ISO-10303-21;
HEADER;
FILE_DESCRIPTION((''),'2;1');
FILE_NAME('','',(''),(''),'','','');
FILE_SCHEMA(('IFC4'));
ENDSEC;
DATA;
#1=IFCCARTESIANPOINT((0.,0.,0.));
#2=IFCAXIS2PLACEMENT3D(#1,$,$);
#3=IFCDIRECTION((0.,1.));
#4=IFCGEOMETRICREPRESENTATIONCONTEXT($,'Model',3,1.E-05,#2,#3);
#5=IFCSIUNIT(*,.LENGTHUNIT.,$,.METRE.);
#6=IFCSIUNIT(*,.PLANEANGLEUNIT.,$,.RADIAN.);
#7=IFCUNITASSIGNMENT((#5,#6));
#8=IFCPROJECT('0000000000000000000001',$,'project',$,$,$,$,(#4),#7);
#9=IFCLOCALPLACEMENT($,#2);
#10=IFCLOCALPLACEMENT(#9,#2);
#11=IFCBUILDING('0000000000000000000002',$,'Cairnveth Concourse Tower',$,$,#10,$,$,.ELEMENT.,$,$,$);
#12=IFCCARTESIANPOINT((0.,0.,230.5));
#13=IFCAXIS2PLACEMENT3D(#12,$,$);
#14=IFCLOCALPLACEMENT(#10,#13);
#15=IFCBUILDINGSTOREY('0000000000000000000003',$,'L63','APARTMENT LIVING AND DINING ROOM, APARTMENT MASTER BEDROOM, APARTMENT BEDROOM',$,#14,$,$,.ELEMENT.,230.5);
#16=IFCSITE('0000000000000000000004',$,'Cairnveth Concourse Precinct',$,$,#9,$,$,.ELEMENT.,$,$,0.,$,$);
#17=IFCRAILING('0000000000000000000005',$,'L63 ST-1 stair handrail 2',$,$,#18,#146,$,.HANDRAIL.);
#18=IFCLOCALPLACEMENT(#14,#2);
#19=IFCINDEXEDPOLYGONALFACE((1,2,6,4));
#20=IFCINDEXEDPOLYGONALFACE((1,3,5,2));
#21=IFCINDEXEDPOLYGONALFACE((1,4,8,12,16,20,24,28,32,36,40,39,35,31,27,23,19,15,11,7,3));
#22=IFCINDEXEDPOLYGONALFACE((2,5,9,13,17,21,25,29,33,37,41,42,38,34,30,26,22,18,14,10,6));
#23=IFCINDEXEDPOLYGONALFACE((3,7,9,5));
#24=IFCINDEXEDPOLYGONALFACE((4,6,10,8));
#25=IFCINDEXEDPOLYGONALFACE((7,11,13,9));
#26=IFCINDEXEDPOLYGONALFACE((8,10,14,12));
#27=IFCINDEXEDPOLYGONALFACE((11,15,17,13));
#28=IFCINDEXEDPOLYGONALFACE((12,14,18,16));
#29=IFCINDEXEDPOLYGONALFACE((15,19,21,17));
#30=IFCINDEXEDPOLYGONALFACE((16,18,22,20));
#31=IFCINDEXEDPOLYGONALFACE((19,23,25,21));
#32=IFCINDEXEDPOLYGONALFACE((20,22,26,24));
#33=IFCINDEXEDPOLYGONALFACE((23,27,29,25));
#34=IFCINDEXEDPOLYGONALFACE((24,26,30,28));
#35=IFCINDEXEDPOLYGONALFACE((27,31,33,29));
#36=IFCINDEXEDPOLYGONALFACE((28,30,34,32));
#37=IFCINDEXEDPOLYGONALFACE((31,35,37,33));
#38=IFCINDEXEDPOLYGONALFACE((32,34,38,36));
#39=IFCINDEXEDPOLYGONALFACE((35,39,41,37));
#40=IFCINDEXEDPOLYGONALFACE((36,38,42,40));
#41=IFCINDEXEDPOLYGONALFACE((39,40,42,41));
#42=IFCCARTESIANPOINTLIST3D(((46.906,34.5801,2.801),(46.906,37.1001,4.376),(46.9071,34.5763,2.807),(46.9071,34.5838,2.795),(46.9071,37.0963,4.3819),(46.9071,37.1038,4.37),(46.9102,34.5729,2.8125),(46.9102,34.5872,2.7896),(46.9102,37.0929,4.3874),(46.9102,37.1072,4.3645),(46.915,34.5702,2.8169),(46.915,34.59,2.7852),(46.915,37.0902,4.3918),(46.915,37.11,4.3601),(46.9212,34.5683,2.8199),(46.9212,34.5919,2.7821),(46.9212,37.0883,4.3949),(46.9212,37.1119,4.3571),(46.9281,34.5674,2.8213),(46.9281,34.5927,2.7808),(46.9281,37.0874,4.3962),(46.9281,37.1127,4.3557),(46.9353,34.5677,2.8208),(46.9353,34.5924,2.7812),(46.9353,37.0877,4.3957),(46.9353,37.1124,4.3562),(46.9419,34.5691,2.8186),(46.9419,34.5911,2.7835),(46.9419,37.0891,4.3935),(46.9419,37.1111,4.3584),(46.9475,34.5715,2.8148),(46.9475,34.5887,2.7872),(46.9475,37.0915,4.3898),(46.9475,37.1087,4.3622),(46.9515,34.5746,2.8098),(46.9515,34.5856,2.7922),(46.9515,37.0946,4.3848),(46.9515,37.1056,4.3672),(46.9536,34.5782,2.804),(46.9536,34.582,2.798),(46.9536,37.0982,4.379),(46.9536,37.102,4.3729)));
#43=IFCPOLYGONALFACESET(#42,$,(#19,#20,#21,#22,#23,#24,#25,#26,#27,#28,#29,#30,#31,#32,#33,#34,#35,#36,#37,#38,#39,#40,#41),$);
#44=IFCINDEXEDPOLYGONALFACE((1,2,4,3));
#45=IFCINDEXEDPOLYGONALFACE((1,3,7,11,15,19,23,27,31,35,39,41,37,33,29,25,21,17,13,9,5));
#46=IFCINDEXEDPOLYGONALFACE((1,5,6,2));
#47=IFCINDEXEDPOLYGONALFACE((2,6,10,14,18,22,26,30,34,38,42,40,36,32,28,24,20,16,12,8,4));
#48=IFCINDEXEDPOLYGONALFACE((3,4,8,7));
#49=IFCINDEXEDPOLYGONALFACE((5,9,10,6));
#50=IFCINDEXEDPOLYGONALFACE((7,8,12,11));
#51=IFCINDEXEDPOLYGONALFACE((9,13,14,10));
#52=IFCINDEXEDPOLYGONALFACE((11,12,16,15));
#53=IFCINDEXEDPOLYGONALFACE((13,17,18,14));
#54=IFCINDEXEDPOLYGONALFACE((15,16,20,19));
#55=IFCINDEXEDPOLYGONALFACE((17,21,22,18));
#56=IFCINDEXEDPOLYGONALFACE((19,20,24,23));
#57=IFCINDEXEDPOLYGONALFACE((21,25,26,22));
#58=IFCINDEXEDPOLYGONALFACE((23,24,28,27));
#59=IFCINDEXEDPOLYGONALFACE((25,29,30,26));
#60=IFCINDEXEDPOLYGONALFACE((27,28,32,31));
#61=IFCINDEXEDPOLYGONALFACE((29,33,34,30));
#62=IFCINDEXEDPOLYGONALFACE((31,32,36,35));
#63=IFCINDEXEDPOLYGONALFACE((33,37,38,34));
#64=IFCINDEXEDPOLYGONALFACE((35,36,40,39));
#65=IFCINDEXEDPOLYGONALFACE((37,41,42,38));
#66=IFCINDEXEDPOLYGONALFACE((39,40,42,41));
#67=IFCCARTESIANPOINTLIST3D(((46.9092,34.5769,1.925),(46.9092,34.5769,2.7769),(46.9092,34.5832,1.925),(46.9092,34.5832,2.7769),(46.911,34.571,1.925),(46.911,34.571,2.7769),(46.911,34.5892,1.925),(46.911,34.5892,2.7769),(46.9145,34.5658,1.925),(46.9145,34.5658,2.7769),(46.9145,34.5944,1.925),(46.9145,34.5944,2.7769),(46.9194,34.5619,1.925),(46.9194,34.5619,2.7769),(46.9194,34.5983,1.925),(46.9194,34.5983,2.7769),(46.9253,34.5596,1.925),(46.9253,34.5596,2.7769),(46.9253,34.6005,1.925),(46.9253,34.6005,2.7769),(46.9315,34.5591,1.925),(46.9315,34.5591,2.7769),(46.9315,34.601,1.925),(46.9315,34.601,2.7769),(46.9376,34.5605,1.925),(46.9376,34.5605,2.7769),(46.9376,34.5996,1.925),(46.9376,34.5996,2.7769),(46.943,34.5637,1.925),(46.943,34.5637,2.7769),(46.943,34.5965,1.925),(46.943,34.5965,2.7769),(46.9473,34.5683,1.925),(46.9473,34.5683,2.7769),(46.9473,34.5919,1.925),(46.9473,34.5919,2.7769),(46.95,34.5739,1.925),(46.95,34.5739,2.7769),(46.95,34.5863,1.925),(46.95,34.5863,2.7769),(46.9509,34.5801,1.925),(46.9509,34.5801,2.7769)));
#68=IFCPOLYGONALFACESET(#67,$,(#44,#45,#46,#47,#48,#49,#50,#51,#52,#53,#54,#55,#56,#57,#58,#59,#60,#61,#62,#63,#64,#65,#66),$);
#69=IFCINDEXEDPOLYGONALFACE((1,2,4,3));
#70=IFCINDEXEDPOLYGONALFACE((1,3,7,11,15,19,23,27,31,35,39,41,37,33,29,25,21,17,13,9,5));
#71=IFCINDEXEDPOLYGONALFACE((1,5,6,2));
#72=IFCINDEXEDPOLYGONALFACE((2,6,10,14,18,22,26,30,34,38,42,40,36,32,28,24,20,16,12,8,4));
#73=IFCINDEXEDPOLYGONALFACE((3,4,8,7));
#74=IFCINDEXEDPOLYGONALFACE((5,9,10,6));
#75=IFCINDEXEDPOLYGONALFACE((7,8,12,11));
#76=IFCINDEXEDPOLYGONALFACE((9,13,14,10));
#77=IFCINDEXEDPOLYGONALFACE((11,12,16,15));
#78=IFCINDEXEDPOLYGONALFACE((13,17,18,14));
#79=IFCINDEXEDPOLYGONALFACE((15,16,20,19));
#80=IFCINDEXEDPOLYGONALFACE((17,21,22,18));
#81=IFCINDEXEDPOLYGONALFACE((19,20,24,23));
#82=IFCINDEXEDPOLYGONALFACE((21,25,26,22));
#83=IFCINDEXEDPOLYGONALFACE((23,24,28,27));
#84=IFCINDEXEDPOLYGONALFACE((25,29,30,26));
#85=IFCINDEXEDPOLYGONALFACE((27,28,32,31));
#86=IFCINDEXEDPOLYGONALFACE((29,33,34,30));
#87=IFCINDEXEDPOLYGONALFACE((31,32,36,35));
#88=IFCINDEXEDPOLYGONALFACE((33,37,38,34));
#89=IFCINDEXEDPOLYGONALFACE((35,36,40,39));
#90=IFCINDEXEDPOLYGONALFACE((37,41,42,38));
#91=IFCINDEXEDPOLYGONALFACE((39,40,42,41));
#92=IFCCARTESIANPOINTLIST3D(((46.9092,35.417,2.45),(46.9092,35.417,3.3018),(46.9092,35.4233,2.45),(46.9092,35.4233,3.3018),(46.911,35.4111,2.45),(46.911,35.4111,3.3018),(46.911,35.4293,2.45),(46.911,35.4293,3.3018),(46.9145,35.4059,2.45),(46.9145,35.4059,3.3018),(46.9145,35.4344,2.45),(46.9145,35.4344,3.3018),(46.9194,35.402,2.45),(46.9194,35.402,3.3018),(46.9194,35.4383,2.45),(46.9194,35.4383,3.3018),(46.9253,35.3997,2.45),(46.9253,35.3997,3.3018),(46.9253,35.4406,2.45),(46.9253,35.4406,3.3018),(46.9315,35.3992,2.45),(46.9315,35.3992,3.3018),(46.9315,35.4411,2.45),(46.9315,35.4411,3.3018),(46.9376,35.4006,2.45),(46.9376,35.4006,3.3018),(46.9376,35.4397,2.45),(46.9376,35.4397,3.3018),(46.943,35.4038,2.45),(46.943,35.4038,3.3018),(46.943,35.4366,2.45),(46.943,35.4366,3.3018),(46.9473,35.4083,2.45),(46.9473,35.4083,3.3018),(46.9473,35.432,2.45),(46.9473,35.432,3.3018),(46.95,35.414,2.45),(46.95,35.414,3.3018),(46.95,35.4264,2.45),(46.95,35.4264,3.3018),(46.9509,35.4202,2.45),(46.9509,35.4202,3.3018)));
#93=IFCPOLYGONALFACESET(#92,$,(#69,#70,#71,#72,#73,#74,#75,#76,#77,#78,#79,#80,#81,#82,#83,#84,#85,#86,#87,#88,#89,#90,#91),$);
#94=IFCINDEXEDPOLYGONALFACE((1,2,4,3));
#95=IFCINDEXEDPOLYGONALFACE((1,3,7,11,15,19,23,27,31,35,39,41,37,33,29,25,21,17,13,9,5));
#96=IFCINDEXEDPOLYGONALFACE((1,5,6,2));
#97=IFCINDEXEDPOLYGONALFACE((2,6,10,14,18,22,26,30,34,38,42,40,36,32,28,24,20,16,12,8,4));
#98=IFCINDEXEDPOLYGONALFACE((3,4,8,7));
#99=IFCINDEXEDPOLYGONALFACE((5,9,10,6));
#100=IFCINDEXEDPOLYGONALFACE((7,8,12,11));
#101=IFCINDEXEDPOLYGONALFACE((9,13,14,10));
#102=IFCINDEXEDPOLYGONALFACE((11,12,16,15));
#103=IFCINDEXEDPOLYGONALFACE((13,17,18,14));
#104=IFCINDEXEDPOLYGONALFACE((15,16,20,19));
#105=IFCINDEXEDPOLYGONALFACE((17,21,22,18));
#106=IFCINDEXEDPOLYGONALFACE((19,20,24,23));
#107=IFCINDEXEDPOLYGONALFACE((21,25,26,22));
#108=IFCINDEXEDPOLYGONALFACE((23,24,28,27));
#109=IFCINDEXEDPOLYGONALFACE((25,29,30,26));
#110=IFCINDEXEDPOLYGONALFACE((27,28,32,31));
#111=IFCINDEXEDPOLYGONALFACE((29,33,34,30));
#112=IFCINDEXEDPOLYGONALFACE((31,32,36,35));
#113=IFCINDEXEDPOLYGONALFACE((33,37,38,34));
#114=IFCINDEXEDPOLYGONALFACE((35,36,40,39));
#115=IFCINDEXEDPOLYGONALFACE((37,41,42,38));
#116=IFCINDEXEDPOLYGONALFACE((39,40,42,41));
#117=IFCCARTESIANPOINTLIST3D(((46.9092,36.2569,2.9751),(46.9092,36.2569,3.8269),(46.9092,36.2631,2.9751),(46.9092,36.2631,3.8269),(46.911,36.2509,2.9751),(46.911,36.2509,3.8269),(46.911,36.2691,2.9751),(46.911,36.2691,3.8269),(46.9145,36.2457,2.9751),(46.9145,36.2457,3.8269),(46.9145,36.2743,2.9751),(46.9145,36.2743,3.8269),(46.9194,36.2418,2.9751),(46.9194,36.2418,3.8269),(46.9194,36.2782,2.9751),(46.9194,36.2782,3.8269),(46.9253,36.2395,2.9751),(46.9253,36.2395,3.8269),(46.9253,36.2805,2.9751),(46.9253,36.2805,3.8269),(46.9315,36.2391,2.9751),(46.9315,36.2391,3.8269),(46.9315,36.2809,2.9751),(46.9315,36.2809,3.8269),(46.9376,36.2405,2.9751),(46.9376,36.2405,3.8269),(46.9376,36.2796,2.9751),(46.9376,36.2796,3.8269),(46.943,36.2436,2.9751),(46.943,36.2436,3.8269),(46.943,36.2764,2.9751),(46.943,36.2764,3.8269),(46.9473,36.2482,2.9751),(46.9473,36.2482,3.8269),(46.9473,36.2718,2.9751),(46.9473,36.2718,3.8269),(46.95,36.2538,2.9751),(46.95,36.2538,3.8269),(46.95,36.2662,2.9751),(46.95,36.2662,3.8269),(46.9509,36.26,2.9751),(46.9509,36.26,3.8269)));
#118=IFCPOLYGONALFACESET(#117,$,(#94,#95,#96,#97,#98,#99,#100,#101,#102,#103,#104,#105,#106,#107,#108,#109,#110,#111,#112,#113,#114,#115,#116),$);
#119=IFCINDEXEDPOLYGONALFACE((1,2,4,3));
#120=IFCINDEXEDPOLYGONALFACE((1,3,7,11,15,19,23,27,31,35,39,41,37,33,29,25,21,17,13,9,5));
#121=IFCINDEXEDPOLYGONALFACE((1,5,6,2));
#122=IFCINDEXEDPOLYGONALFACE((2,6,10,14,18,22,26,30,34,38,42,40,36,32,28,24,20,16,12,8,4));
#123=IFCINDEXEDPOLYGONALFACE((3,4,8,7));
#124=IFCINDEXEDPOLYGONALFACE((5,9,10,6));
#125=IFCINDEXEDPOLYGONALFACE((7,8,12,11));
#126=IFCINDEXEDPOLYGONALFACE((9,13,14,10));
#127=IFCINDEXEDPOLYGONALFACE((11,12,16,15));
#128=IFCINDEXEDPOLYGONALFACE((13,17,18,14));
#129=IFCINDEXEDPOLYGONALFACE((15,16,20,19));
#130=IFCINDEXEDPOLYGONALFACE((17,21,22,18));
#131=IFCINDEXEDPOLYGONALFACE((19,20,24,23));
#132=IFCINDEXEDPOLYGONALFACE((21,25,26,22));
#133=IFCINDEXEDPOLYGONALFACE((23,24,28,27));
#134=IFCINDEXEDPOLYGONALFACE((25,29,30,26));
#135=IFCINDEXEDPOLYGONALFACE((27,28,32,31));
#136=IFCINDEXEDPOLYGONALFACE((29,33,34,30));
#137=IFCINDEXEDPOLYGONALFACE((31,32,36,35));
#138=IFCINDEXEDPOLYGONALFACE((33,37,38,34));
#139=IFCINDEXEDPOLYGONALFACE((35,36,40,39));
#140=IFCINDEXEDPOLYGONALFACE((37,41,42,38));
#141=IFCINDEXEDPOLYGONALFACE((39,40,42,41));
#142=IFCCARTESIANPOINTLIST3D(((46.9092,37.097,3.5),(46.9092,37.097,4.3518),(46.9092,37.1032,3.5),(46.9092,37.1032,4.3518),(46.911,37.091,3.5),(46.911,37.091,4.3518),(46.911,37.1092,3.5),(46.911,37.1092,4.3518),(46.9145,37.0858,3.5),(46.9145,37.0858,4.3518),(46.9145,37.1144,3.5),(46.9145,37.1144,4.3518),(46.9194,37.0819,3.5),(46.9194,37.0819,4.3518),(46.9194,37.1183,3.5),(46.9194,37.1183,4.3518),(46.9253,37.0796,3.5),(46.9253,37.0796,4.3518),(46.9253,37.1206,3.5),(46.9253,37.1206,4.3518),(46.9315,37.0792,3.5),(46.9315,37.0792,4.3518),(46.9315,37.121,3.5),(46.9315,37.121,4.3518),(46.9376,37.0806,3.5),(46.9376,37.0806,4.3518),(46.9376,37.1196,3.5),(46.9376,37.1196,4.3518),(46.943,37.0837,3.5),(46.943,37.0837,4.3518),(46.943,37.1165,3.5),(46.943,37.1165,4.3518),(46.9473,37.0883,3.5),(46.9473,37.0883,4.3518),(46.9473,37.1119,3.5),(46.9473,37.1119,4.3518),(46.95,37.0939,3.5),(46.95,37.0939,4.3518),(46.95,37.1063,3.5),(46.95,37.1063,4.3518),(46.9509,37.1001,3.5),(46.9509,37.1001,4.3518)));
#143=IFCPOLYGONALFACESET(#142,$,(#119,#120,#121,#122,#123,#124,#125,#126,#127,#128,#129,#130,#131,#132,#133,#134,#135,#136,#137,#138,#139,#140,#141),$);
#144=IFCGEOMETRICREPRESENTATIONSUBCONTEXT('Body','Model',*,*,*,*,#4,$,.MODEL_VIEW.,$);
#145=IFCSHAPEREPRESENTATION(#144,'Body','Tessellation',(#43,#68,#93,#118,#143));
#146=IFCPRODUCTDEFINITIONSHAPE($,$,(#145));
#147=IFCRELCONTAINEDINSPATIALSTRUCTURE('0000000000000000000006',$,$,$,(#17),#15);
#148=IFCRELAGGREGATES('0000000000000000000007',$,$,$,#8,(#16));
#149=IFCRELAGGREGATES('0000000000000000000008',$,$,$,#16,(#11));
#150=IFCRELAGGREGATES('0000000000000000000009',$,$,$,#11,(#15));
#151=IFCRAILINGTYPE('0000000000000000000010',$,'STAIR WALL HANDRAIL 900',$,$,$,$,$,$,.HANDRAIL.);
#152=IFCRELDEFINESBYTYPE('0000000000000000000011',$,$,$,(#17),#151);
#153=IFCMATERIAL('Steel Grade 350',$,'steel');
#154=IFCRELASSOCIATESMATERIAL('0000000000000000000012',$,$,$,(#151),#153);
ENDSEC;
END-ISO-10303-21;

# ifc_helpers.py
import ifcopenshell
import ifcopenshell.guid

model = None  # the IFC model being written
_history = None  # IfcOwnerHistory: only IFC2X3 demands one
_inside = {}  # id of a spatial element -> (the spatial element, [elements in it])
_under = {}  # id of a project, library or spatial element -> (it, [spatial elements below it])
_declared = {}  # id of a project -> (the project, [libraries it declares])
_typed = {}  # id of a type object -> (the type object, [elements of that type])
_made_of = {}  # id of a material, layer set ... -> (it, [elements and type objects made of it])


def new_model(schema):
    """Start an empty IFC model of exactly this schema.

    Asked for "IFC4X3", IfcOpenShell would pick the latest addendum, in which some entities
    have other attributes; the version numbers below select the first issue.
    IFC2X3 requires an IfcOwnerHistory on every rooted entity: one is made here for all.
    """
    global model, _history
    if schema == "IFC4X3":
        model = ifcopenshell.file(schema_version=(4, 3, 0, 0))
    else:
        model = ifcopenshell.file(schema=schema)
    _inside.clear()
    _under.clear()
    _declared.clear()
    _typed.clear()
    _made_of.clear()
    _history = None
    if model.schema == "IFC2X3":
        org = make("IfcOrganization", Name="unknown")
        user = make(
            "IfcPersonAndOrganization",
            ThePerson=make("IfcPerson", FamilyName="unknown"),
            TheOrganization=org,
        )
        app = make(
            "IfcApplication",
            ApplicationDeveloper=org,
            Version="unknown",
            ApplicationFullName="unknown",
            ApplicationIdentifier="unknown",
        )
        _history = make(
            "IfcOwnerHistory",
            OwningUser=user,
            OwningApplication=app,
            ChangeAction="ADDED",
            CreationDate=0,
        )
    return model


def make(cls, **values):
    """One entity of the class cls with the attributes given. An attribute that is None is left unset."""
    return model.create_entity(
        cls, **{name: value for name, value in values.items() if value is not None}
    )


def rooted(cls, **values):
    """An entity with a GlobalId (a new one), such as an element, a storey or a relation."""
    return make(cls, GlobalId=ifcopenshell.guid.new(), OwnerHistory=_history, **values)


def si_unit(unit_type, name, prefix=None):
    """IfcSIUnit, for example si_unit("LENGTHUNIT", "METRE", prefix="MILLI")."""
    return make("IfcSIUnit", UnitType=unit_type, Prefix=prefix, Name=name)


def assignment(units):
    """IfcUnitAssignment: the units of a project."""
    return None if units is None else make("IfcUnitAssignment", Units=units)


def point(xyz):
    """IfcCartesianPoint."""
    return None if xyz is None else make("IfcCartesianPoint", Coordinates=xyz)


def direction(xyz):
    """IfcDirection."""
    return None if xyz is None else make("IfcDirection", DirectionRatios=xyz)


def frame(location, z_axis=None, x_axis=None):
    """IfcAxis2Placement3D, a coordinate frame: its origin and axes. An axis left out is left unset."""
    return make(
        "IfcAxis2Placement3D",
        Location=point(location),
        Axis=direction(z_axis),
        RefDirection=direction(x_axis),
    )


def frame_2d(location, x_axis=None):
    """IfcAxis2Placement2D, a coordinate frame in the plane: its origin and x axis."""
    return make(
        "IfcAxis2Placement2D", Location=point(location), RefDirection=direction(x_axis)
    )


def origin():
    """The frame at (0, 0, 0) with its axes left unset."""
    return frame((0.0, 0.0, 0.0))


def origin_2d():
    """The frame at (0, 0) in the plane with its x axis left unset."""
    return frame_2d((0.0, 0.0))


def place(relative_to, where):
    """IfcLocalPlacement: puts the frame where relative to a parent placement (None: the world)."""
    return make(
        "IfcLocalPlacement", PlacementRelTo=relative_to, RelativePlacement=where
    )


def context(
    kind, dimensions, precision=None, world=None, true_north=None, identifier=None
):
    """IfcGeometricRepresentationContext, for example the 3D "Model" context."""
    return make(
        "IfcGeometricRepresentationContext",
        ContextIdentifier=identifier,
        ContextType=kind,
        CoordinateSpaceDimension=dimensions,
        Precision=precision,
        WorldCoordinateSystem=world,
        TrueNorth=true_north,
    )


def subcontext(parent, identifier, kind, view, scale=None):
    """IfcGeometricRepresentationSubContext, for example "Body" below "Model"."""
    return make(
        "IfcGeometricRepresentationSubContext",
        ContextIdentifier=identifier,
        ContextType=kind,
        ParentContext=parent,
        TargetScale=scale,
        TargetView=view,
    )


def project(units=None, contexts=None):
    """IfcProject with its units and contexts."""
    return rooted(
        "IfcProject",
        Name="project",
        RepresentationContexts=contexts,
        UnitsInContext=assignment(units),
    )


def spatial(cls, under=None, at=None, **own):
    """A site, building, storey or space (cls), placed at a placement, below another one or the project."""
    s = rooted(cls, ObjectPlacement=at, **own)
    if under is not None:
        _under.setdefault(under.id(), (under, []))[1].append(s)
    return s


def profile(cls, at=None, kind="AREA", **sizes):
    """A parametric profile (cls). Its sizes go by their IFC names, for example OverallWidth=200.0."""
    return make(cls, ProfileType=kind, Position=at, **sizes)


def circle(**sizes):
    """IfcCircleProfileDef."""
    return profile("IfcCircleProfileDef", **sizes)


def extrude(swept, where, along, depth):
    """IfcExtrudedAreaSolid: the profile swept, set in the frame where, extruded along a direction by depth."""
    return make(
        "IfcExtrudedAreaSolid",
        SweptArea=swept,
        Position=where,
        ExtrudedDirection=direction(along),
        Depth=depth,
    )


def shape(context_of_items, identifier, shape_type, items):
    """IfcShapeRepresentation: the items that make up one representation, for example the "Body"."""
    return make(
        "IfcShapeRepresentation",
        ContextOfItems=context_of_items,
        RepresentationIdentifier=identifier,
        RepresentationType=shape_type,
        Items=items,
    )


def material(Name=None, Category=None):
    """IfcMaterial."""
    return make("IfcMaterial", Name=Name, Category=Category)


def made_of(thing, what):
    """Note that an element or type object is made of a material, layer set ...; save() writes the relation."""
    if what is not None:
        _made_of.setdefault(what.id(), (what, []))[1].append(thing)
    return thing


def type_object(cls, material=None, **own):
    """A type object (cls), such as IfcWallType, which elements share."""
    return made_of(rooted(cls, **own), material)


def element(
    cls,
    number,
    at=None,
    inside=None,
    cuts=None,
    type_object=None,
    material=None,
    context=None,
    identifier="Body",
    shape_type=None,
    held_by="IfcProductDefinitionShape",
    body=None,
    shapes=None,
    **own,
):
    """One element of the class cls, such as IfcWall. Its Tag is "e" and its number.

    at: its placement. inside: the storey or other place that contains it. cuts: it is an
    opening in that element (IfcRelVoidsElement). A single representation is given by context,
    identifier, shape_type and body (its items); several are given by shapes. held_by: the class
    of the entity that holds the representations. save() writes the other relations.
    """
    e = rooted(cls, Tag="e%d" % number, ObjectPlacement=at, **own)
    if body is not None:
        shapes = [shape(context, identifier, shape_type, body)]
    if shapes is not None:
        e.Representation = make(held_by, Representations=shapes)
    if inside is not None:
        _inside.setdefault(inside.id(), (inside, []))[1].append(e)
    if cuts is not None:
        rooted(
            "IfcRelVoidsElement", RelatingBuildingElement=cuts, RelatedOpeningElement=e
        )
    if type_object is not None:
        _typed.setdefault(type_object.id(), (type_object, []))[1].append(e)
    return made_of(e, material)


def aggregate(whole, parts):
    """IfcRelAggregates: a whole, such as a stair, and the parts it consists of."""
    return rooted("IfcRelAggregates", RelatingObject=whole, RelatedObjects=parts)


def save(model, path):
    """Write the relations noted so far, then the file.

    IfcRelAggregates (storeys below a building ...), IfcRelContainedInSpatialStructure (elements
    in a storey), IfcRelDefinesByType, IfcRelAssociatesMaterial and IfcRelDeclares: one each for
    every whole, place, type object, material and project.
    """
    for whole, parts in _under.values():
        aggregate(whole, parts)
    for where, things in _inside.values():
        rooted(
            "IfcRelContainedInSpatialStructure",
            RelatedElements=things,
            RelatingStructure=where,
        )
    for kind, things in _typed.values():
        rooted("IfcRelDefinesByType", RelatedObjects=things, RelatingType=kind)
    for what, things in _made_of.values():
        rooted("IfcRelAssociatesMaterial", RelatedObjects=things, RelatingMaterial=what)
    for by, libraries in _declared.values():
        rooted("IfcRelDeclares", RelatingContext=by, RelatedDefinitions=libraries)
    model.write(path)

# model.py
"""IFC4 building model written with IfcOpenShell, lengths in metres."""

from ifc_helpers import new_model, si_unit, direction, frame, origin, origin_2d, place, context, subcontext, project, spatial, circle, extrude, material, type_object, element, save


model = new_model("IFC4")

# Units and contexts
model_context = context("Model", 3, precision=1e-05, world=origin(), true_north=direction((0.0, 1.0)))
body_context = subcontext(model_context, "Body", "Model", "MODEL_VIEW")
ifc_project = project(units=[si_unit("LENGTHUNIT", "METRE"), si_unit("PLANEANGLEUNIT", "RADIAN")], contexts=[model_context])

# Site, building, storey
site_placement = place(None, origin())
site = spatial("IfcSite", under=ifc_project, at=site_placement, Name="Cairnveth Concourse Precinct", CompositionType="ELEMENT", RefElevation=0.0)
building_placement = place(site_placement, origin())
building = spatial("IfcBuilding", under=site, at=building_placement, Name="Cairnveth Concourse Tower", CompositionType="ELEMENT")
storey_placement = place(building_placement, frame((0.0, 0.0, 230.5)))
storey = spatial("IfcBuildingStorey", under=building, at=storey_placement, Name="L63", Description="APARTMENT LIVING AND DINING ROOM, APARTMENT MASTER BEDROOM, APARTMENT BEDROOM", CompositionType="ELEMENT", Elevation=230.5)

# Shared definitions
ifc_material_1 = material(Name="Steel Grade 350", Category="steel")

# Railing
railing_type_1 = type_object("IfcRailingType", Name="STAIR WALL HANDRAIL 900", PredefinedType="HANDRAIL", material=ifc_material_1)
railing_1_placement = place(storey_placement, frame((46.9299, 34.5801, 1.925)))
element("IfcRailing", 1, at=railing_1_placement, inside=storey, type_object=railing_type_1, Name="L63 ST-1 stair handrail 2", PredefinedType="HANDRAIL", context=body_context, shape_type="SweptSolid", body=[
    extrude(circle(Radius=0.0239, at=origin_2d()), frame((0.0, 0.0, 0.876), z_axis=(0.0, 0.848008, 0.529984), x_axis=(-1.0, 0.0, 0.0)), (0.0, 0.0, 1.0), 2.9717),
    extrude(circle(Radius=0.021, at=origin_2d()), origin(), (0.0, 0.0, 1.0), 0.8518),
    extrude(circle(Radius=0.021, at=origin_2d()), frame((0.0, 0.8401, 0.5249)), (0.0, 0.0, 1.0), 0.8518),
    extrude(circle(Radius=0.021, at=origin_2d()), frame((0.0, 1.6799, 1.05)), (0.0, 0.0, 1.0), 0.8518),
    extrude(circle(Radius=0.021, at=origin_2d()), frame((0.0, 2.52, 1.575)), (0.0, 0.0, 1.0), 0.8518),
])

save(model, "model.ifc")
